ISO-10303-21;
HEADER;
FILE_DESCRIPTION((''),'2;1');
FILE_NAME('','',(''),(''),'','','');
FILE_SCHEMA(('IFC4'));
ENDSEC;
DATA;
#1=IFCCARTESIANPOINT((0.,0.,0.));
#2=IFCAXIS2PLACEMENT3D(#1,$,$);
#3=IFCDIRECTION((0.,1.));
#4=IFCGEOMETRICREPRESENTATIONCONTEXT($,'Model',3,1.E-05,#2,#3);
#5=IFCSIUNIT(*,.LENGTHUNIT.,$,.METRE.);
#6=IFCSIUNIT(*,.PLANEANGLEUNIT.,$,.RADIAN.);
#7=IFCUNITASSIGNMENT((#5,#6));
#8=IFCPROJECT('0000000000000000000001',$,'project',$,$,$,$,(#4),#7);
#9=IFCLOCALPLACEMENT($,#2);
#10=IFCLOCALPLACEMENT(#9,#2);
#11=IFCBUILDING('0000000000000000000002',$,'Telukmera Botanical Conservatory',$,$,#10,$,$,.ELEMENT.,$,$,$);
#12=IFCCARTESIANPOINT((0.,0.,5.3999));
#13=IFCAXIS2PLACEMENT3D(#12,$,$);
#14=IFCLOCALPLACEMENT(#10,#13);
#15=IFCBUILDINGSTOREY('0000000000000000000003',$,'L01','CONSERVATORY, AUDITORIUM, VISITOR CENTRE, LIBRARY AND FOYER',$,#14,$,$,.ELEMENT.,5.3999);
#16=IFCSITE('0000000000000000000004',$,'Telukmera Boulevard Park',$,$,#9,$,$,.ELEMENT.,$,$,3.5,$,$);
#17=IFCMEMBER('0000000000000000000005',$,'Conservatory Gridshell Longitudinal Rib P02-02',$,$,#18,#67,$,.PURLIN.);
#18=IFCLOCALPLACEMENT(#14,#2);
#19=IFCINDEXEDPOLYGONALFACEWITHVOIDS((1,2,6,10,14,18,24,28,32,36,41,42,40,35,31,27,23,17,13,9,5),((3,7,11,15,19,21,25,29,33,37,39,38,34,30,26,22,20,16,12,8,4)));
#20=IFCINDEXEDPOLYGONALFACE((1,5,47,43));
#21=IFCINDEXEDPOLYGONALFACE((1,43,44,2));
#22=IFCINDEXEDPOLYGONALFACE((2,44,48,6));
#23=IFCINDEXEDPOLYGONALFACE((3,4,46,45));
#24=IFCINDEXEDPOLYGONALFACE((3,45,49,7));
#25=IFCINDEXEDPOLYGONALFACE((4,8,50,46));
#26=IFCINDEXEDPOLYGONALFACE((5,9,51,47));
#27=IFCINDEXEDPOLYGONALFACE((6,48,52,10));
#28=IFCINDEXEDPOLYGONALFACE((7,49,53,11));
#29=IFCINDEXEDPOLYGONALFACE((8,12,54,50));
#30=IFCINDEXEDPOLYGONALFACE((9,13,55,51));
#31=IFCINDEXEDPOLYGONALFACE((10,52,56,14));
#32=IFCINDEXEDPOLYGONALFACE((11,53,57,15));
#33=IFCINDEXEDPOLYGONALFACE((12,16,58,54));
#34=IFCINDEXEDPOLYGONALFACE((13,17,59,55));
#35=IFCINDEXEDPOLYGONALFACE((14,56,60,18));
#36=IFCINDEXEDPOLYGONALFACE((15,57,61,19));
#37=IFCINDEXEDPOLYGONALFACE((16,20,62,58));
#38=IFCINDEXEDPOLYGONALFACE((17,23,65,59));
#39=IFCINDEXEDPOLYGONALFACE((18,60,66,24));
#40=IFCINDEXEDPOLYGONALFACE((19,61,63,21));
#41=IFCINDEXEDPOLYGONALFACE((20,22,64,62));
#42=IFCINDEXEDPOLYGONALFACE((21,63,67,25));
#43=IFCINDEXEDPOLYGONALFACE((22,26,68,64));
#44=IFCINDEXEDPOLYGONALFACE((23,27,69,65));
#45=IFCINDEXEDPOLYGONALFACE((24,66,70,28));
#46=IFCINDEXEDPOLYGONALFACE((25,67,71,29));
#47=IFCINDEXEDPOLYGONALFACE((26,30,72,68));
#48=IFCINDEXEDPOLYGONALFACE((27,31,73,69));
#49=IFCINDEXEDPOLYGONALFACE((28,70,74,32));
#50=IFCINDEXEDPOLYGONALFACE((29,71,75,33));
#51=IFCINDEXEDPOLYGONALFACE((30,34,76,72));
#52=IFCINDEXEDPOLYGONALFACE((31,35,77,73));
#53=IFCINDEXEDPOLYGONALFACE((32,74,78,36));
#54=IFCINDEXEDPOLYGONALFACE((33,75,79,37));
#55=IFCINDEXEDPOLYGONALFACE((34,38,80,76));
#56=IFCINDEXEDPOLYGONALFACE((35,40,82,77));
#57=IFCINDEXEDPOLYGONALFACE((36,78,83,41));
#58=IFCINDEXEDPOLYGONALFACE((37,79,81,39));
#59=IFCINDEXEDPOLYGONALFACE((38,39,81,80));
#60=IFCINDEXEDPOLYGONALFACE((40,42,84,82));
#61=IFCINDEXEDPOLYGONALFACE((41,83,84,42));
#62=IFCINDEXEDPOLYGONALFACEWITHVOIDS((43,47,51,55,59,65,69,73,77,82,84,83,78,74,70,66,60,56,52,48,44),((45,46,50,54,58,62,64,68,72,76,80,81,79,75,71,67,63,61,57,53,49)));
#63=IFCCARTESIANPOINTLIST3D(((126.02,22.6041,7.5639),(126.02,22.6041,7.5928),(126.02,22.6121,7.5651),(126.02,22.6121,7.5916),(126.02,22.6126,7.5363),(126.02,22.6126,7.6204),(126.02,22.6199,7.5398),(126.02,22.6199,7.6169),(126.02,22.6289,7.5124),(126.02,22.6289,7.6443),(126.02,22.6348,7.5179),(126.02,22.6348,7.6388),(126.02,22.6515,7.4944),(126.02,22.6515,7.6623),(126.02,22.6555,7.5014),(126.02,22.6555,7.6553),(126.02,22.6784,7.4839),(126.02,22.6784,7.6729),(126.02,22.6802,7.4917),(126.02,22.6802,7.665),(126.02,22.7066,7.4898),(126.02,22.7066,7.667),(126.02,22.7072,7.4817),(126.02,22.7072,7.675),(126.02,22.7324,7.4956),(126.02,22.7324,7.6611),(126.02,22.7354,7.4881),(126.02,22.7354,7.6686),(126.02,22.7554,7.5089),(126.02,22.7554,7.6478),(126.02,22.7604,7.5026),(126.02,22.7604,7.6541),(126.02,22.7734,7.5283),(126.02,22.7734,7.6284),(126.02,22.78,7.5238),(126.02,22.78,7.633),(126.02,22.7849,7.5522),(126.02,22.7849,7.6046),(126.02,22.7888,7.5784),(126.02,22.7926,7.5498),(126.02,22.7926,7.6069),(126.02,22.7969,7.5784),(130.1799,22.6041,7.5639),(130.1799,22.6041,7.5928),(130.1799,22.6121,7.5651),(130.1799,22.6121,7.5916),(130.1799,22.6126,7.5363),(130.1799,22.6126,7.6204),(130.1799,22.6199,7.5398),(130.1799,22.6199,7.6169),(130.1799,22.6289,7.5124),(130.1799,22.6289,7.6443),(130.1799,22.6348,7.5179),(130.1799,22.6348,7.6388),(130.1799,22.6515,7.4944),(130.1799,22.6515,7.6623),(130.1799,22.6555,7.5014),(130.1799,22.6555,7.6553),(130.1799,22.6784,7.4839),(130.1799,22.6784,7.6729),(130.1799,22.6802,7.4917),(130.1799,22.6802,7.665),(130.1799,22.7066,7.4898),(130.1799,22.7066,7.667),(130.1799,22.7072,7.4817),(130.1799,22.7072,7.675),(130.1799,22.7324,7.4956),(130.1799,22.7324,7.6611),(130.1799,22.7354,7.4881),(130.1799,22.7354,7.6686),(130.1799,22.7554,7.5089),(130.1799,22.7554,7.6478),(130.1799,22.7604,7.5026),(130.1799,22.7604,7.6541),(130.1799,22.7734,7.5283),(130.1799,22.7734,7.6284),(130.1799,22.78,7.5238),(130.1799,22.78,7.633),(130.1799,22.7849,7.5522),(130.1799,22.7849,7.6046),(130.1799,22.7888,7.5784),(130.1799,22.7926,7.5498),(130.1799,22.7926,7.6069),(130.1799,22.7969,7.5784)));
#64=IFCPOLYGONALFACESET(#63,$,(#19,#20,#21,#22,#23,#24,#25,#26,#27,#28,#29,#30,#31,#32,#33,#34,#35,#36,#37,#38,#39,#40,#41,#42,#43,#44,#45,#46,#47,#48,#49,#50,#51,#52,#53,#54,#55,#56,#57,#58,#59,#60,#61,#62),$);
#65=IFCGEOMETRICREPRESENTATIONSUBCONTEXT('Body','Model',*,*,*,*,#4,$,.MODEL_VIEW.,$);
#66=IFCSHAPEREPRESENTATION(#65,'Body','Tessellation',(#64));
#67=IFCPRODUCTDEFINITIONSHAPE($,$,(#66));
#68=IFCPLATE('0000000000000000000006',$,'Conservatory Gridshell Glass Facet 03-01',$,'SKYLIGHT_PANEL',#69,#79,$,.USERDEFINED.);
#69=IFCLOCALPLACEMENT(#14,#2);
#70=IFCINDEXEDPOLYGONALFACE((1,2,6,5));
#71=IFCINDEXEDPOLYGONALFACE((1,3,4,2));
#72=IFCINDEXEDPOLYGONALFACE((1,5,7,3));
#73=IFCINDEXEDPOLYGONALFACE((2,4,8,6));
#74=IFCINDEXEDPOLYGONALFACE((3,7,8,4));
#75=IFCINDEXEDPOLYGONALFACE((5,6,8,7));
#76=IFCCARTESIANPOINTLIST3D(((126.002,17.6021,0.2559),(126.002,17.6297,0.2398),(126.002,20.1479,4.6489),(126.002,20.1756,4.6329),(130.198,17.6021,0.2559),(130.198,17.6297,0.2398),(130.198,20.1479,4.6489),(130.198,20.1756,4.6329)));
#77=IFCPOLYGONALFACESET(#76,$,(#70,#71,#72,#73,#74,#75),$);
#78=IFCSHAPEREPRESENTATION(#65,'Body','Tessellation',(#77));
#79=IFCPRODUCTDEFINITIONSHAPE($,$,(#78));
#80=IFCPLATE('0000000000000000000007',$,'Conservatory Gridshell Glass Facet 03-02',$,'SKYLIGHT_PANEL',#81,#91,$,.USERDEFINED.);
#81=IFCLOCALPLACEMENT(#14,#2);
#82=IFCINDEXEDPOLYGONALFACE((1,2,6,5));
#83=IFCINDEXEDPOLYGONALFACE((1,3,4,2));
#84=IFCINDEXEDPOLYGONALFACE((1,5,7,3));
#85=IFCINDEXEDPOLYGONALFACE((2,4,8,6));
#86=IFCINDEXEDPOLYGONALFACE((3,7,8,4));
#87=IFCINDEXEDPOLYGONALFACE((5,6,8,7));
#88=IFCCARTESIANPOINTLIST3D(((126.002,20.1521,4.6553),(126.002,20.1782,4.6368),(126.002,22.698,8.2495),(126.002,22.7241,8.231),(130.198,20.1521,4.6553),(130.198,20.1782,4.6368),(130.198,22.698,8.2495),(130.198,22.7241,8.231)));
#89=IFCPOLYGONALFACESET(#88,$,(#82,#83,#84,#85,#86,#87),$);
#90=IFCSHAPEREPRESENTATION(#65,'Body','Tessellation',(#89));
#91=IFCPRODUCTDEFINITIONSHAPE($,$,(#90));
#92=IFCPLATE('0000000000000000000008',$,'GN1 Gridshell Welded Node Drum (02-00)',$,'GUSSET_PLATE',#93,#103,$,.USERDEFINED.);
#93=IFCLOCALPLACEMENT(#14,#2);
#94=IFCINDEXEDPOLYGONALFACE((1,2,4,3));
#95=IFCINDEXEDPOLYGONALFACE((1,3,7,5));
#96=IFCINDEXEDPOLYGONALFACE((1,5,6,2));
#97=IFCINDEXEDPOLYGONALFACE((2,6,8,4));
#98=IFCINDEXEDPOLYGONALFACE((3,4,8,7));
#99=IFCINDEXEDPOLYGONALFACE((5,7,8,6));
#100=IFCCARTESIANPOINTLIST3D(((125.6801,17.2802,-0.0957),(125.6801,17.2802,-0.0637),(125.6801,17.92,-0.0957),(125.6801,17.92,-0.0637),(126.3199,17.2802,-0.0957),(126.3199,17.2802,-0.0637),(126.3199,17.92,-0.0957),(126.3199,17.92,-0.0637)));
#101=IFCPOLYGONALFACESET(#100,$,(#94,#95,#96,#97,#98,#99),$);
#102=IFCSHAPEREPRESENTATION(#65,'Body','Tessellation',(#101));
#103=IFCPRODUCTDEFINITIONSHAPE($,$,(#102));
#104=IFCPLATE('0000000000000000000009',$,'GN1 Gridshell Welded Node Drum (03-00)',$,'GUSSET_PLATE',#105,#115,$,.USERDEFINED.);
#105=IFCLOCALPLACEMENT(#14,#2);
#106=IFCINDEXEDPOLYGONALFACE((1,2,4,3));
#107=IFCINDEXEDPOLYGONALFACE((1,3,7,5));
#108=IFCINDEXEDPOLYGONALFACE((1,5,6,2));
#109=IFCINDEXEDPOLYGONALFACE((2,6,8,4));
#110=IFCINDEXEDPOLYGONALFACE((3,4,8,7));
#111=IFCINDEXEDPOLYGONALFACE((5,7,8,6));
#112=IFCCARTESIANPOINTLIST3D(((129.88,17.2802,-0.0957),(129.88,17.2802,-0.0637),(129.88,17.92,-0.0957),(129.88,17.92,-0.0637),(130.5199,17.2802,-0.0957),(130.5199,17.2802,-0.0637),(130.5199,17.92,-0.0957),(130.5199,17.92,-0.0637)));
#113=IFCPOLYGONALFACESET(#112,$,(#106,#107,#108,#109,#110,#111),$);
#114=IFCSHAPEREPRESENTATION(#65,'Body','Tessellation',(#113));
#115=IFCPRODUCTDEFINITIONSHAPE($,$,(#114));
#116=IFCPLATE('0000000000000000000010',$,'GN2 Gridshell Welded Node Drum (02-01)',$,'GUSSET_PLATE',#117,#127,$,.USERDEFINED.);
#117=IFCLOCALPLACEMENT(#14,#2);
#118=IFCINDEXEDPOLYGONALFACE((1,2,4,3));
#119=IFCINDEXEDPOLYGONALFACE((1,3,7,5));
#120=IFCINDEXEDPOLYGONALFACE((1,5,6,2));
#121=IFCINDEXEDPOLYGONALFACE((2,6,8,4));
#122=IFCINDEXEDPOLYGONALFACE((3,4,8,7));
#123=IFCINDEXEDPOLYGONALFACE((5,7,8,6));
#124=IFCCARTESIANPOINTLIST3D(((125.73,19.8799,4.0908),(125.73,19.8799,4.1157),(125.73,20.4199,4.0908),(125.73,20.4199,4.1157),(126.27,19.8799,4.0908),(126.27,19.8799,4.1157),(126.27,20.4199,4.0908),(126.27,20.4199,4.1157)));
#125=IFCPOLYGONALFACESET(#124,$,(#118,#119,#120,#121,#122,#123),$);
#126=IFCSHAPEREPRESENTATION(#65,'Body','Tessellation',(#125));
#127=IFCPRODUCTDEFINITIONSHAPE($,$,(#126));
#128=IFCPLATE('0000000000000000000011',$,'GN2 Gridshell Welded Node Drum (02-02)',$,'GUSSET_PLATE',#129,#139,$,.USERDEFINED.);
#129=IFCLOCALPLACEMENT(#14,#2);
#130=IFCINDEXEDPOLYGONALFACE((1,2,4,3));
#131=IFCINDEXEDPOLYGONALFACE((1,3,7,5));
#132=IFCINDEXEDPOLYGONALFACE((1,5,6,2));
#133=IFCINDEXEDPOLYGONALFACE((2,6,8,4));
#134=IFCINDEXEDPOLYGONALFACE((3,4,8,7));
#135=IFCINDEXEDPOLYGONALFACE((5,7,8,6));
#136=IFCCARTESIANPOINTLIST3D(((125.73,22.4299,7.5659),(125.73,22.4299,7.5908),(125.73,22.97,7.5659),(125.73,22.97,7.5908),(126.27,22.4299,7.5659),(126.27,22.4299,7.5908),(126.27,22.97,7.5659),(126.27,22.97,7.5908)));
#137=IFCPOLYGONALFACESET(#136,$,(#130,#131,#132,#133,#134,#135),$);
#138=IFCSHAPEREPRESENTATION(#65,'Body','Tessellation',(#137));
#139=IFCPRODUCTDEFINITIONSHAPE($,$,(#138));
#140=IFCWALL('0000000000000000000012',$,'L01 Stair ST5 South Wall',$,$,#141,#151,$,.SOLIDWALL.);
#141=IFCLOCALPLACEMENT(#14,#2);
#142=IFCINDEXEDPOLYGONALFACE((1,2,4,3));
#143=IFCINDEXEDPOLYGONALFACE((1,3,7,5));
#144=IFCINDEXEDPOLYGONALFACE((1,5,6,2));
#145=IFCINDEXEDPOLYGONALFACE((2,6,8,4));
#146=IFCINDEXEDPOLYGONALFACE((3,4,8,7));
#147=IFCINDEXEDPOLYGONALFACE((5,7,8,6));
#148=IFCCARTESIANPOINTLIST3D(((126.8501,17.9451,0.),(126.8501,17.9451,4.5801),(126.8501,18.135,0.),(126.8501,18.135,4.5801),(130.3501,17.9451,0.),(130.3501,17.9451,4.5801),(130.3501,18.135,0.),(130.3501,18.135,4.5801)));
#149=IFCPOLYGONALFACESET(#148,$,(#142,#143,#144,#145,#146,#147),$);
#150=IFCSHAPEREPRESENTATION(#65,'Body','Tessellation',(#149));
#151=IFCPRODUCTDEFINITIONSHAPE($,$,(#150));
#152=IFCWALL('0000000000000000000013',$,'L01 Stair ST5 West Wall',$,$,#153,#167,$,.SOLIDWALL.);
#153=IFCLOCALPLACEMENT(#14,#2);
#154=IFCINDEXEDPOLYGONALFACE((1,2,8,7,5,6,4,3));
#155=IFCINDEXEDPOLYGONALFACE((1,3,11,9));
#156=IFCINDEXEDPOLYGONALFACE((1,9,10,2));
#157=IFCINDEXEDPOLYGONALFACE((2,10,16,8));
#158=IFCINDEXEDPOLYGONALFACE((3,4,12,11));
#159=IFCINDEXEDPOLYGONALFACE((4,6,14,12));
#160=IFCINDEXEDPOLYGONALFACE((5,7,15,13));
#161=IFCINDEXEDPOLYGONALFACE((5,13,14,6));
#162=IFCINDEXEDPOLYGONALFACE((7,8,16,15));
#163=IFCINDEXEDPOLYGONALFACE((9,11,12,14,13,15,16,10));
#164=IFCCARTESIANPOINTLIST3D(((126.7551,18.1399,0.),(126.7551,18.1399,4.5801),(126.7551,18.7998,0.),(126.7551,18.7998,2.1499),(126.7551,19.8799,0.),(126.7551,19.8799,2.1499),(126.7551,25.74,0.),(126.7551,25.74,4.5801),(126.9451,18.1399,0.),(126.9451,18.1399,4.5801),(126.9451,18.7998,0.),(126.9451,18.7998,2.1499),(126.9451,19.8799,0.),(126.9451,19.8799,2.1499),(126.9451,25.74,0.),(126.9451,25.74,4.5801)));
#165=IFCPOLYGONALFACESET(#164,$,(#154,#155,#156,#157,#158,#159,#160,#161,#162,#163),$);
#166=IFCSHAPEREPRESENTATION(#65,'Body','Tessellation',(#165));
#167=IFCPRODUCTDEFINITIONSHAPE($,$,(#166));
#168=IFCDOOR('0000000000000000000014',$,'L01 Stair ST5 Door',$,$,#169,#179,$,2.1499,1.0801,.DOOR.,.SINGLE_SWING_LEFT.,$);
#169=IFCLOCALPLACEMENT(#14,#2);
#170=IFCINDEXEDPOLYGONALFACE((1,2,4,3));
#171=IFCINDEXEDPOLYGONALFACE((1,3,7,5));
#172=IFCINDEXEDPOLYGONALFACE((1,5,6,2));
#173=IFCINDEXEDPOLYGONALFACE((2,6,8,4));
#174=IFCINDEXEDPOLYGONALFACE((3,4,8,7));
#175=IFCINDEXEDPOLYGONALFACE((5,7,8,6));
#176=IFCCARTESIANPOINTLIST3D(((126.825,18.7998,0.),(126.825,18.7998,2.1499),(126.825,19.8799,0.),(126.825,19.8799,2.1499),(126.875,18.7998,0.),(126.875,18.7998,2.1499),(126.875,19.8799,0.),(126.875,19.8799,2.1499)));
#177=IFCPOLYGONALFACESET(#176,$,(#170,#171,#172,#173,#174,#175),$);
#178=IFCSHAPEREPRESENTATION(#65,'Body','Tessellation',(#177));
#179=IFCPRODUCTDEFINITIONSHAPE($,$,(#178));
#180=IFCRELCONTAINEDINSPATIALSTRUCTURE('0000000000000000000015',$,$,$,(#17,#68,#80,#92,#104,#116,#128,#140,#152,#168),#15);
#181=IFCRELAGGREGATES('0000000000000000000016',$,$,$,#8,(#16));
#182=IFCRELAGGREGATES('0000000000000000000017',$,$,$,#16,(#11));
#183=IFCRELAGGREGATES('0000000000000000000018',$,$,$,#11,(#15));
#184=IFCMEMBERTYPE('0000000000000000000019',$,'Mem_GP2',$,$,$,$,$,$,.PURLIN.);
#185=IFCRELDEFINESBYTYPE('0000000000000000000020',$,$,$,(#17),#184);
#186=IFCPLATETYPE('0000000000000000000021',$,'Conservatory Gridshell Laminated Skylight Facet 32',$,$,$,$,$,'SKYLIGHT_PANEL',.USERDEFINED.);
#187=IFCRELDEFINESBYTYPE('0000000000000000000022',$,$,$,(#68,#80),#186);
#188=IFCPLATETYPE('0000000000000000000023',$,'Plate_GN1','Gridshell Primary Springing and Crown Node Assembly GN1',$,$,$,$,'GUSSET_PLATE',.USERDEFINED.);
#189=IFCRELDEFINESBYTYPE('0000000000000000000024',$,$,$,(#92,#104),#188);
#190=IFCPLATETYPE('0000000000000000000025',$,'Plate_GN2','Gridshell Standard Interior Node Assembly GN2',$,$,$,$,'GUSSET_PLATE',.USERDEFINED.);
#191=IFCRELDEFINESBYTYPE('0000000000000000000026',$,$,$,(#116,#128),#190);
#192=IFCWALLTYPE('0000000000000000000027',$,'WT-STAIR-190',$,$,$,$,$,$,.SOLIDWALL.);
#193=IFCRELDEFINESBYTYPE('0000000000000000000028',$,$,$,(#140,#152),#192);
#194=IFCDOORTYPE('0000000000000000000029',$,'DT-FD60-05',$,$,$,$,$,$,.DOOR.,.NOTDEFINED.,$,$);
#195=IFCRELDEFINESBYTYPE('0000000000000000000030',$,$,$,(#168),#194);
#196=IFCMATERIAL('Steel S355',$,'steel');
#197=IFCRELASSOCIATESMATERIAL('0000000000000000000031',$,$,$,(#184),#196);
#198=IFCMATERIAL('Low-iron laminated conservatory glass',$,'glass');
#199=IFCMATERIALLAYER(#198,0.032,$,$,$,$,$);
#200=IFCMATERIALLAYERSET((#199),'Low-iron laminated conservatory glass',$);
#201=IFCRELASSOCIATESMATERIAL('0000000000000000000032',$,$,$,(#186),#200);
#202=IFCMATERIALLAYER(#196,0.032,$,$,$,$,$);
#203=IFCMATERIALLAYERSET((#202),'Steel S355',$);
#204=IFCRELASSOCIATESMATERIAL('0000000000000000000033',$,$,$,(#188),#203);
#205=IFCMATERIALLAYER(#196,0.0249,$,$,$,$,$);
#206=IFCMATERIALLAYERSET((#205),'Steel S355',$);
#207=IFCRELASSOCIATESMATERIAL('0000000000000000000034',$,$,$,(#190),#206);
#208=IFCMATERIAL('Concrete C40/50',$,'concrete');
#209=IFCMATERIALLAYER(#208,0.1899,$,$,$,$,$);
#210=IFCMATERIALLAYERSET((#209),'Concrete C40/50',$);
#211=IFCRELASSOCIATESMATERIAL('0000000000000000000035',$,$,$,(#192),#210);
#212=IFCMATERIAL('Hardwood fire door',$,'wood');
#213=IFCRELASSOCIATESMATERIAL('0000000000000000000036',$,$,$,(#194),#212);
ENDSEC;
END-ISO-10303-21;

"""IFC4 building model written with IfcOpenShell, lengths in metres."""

from ifc_helpers import new_model, si_unit, direction, frame, frame_2d, origin, origin_2d, place, context, subcontext, project, spatial, polyline, rectangle, hollow_circle, outline, extrude, material, layer, layer_set, material_profile, profile_set, type_object, element, fill, save


model = new_model("IFC4")

# Units and contexts
model_context = context("Model", 3, precision=1e-05, world=origin(), true_north=direction((0.0, 1.0)))
body_context = subcontext(model_context, "Body", "Model", "MODEL_VIEW")
ifc_project = project(units=[si_unit("LENGTHUNIT", "METRE"), si_unit("PLANEANGLEUNIT", "RADIAN")], contexts=[model_context])

# Site, building, storey
site_placement = place(None, origin())
site = spatial("IfcSite", under=ifc_project, at=site_placement, Name="Telukmera Boulevard Park", CompositionType="ELEMENT", RefElevation=3.5)
building_placement = place(site_placement, origin())
building = spatial("IfcBuilding", under=site, at=building_placement, Name="Telukmera Botanical Conservatory", CompositionType="ELEMENT")
storey_placement = place(building_placement, frame((0.0, 0.0, 5.3999)))
storey = spatial("IfcBuildingStorey", under=building, at=storey_placement, Name="L01", Description="CONSERVATORY, AUDITORIUM, VISITOR CENTRE, LIBRARY AND FOYER", CompositionType="ELEMENT", Elevation=5.3999)

# Shared definitions
ifc_material_1 = material(Name="Steel S355", Category="steel")
ifc_material_2 = material(Name="Concrete C40/50", Category="concrete")

# Member
ifc_material_profile_1 = material_profile(ifc_material_1, hollow_circle(Radius=0.0969, WallThickness=0.0081, at=origin_2d()), Name="CHS 193.7x8.0")
ifc_profile_set_1 = profile_set([ifc_material_profile_1], Name="Steel S355")
member_type_1 = type_object("IfcMemberType", Name="Mem_GP2", PredefinedType="PURLIN", material=ifc_profile_set_1)
for number, where, z_axis, x_axis, name in (
    (1, (126.02, 22.7, 7.5784), (1.0, 0.0, 0.0), (0.0, 1.0, 0.0), "Conservatory Gridshell Longitudinal Rib P02-02"),
):
    element("IfcMember", number, at=place(storey_placement, frame(where, z_axis=z_axis, x_axis=x_axis)), inside=storey, type_object=member_type_1, Name=name, PredefinedType="PURLIN", context=body_context, shape_type="SweptSolid", body=[
        extrude(hollow_circle(Radius=0.0969, WallThickness=0.0081, at=origin_2d()), origin(), (0.0, 0.0, 1.0), 4.1599),
    ])

# Plates
ifc_material_3 = material(Name="Low-iron laminated conservatory glass", Category="glass")
ifc_layer_1 = layer(ifc_material_3, 0.032)
ifc_layer_set_1 = layer_set([ifc_layer_1], Name="Low-iron laminated conservatory glass")
plate_type_1 = type_object("IfcPlateType", Name="Conservatory Gridshell Laminated Skylight Facet 32", ElementType="SKYLIGHT_PANEL", PredefinedType="USERDEFINED", material=ifc_layer_set_1)
plate_1_placement = place(storey_placement, frame((126.002, 17.6021, 0.2559), z_axis=(0.0, -0.865209, 0.501412), x_axis=(1.0, 0.0, 0.0)))
element("IfcPlate", 2, at=plate_1_placement, inside=storey, type_object=plate_type_1, Name="Conservatory Gridshell Glass Facet 03-01", ObjectType="SKYLIGHT_PANEL", PredefinedType="USERDEFINED", context=body_context, shape_type="SweptSolid", body=[
    extrude(outline(polyline([(0.0, 0.0), (4.196, 0.0), (4.196, 5.0775), (0.0, 5.0775), (0.0, 0.0)])), origin(), (0.0, 0.0, -1.0), 0.032),
])
plate_2_placement = place(storey_placement, frame((126.002, 20.1521, 4.6553), z_axis=(0.0, -0.816027, 0.578014), x_axis=(1.0, 0.0, 0.0)))
element("IfcPlate", 3, at=plate_2_placement, inside=storey, type_object=plate_type_1, Name="Conservatory Gridshell Glass Facet 03-02", ObjectType="SKYLIGHT_PANEL", PredefinedType="USERDEFINED", context=body_context, shape_type="SweptSolid", body=[
    extrude(outline(polyline([(0.0, 0.0), (4.196, 0.0), (4.196, 4.4046), (0.0, 4.4046), (0.0, 0.0)])), origin(), (0.0, 0.0, -1.0), 0.032),
])
ifc_layer_2 = layer(ifc_material_1, 0.032)
ifc_layer_set_2 = layer_set([ifc_layer_2], Name="Steel S355")
plate_type_2 = type_object("IfcPlateType", Name="Plate_GN1", Description="Gridshell Primary Springing and Crown Node Assembly GN1", ElementType="GUSSET_PLATE", PredefinedType="USERDEFINED", material=ifc_layer_set_2)
for number, where, z_axis, x_axis, name in (
    (4, (126.0, 17.6001, -0.0957), (0.0, 0.0, 1.0), (1.0, 0.0, 0.0), "GN1 Gridshell Welded Node Drum (02-00)"),
    (5, (130.2, 17.6001, -0.0957), (0.0, 0.0, 1.0), (1.0, 0.0, 0.0), "GN1 Gridshell Welded Node Drum (03-00)"),
):
    element("IfcPlate", number, at=place(storey_placement, frame(where, z_axis=z_axis, x_axis=x_axis)), inside=storey, type_object=plate_type_2, Name=name, ObjectType="GUSSET_PLATE", PredefinedType="USERDEFINED", context=body_context, shape_type="SweptSolid", body=[
        extrude(rectangle(XDim=0.6399, YDim=0.6399, at=origin_2d()), origin(), (0.0, 0.0, 1.0), 0.032),
    ])
ifc_layer_3 = layer(ifc_material_1, 0.0249)
ifc_layer_set_3 = layer_set([ifc_layer_3], Name="Steel S355")
plate_type_3 = type_object("IfcPlateType", Name="Plate_GN2", Description="Gridshell Standard Interior Node Assembly GN2", ElementType="GUSSET_PLATE", PredefinedType="USERDEFINED", material=ifc_layer_set_3)
for number, where, z_axis, x_axis, name in (
    (6, (126.0, 20.1499, 4.0908), (0.0, 0.0, 1.0), (1.0, 0.0, 0.0), "GN2 Gridshell Welded Node Drum (02-01)"),
    (7, (126.0, 22.7, 7.5659), (0.0, 0.0, 1.0), (1.0, 0.0, 0.0), "GN2 Gridshell Welded Node Drum (02-02)"),
):
    element("IfcPlate", number, at=place(storey_placement, frame(where, z_axis=z_axis, x_axis=x_axis)), inside=storey, type_object=plate_type_3, Name=name, ObjectType="GUSSET_PLATE", PredefinedType="USERDEFINED", context=body_context, shape_type="SweptSolid", body=[
        extrude(rectangle(XDim=0.54, YDim=0.54, at=origin_2d()), origin(), (0.0, 0.0, 1.0), 0.0249),
    ])

# Wall
ifc_layer_4 = layer(ifc_material_2, 0.1899)
ifc_layer_set_4 = layer_set([ifc_layer_4], Name="Concrete C40/50")
wall_type = type_object("IfcWallType", Name="WT-STAIR-190", PredefinedType="SOLIDWALL", material=ifc_layer_set_4)
wall_1_placement = place(storey_placement, frame((126.8501, 18.04, 0.0), z_axis=(0.0, 0.0, 1.0), x_axis=(1.0, 0.0, 0.0)))
element("IfcWall", 8, at=wall_1_placement, inside=storey, type_object=wall_type, Name="L01 Stair ST5 South Wall", PredefinedType="SOLIDWALL", context=body_context, shape_type="SweptSolid", body=[
    extrude(rectangle(XDim=3.5, YDim=0.1899, at=frame_2d((1.75, 0.0))), origin(), (0.0, 0.0, 1.0), 4.5801),
])

# Wall, opening, door
wall_2_placement = place(storey_placement, frame((126.8501, 18.1399, 0.0), z_axis=(0.0, 0.0, 1.0), x_axis=(0.0, 1.0, 0.0)))
wall_2 = element("IfcWall", 9, at=wall_2_placement, inside=storey, type_object=wall_type, Name="L01 Stair ST5 West Wall", PredefinedType="SOLIDWALL", context=body_context, shape_type="SweptSolid", body=[
    extrude(rectangle(XDim=7.6001, YDim=0.1899, at=frame_2d((3.8, 0.0))), origin(), (0.0, 0.0, 1.0), 4.5801),
])
opening_placement = place(wall_2_placement, frame((0.6599, 0.0, 0.0)))
opening = element("IfcOpeningElement", 10, at=opening_placement, cuts=wall_2, PredefinedType="OPENING", context=body_context, shape_type="SweptSolid", body=[
    extrude(rectangle(XDim=1.0801, YDim=2.1499, at=frame_2d((0.54, 1.075))), frame((0.0, 0.105, 0.0), z_axis=(0.0, -1.0, 0.0), x_axis=(1.0, 0.0, 0.0)), (0.0, 0.0, 1.0), 0.21),
])
ifc_material_4 = material(Name="Hardwood fire door", Category="wood")
door_type = type_object("IfcDoorType", Name="DT-FD60-05", OperationType="NOTDEFINED", PredefinedType="DOOR", material=ifc_material_4)
door_placement = place(opening_placement, frame((1.0801, 0.0, 0.0), z_axis=(0.0, 0.0, 1.0), x_axis=(-1.0, 0.0, 0.0)))
door = element("IfcDoor", 11, at=door_placement, inside=storey, type_object=door_type, Name="L01 Stair ST5 Door", OperationType="SINGLE_SWING_LEFT", OverallHeight=2.1499, OverallWidth=1.0801, PredefinedType="DOOR", context=body_context, shape_type="SweptSolid", body=[
    extrude(rectangle(XDim=1.0801, YDim=2.1499, at=frame_2d((0.54, 1.075))), frame((0.0, 0.0249, 0.0), z_axis=(0.0, -1.0, 0.0), x_axis=(1.0, 0.0, 0.0)), (0.0, 0.0, 1.0), 0.05),
])
fill(opening, door)

save(model, "model.ifc")
